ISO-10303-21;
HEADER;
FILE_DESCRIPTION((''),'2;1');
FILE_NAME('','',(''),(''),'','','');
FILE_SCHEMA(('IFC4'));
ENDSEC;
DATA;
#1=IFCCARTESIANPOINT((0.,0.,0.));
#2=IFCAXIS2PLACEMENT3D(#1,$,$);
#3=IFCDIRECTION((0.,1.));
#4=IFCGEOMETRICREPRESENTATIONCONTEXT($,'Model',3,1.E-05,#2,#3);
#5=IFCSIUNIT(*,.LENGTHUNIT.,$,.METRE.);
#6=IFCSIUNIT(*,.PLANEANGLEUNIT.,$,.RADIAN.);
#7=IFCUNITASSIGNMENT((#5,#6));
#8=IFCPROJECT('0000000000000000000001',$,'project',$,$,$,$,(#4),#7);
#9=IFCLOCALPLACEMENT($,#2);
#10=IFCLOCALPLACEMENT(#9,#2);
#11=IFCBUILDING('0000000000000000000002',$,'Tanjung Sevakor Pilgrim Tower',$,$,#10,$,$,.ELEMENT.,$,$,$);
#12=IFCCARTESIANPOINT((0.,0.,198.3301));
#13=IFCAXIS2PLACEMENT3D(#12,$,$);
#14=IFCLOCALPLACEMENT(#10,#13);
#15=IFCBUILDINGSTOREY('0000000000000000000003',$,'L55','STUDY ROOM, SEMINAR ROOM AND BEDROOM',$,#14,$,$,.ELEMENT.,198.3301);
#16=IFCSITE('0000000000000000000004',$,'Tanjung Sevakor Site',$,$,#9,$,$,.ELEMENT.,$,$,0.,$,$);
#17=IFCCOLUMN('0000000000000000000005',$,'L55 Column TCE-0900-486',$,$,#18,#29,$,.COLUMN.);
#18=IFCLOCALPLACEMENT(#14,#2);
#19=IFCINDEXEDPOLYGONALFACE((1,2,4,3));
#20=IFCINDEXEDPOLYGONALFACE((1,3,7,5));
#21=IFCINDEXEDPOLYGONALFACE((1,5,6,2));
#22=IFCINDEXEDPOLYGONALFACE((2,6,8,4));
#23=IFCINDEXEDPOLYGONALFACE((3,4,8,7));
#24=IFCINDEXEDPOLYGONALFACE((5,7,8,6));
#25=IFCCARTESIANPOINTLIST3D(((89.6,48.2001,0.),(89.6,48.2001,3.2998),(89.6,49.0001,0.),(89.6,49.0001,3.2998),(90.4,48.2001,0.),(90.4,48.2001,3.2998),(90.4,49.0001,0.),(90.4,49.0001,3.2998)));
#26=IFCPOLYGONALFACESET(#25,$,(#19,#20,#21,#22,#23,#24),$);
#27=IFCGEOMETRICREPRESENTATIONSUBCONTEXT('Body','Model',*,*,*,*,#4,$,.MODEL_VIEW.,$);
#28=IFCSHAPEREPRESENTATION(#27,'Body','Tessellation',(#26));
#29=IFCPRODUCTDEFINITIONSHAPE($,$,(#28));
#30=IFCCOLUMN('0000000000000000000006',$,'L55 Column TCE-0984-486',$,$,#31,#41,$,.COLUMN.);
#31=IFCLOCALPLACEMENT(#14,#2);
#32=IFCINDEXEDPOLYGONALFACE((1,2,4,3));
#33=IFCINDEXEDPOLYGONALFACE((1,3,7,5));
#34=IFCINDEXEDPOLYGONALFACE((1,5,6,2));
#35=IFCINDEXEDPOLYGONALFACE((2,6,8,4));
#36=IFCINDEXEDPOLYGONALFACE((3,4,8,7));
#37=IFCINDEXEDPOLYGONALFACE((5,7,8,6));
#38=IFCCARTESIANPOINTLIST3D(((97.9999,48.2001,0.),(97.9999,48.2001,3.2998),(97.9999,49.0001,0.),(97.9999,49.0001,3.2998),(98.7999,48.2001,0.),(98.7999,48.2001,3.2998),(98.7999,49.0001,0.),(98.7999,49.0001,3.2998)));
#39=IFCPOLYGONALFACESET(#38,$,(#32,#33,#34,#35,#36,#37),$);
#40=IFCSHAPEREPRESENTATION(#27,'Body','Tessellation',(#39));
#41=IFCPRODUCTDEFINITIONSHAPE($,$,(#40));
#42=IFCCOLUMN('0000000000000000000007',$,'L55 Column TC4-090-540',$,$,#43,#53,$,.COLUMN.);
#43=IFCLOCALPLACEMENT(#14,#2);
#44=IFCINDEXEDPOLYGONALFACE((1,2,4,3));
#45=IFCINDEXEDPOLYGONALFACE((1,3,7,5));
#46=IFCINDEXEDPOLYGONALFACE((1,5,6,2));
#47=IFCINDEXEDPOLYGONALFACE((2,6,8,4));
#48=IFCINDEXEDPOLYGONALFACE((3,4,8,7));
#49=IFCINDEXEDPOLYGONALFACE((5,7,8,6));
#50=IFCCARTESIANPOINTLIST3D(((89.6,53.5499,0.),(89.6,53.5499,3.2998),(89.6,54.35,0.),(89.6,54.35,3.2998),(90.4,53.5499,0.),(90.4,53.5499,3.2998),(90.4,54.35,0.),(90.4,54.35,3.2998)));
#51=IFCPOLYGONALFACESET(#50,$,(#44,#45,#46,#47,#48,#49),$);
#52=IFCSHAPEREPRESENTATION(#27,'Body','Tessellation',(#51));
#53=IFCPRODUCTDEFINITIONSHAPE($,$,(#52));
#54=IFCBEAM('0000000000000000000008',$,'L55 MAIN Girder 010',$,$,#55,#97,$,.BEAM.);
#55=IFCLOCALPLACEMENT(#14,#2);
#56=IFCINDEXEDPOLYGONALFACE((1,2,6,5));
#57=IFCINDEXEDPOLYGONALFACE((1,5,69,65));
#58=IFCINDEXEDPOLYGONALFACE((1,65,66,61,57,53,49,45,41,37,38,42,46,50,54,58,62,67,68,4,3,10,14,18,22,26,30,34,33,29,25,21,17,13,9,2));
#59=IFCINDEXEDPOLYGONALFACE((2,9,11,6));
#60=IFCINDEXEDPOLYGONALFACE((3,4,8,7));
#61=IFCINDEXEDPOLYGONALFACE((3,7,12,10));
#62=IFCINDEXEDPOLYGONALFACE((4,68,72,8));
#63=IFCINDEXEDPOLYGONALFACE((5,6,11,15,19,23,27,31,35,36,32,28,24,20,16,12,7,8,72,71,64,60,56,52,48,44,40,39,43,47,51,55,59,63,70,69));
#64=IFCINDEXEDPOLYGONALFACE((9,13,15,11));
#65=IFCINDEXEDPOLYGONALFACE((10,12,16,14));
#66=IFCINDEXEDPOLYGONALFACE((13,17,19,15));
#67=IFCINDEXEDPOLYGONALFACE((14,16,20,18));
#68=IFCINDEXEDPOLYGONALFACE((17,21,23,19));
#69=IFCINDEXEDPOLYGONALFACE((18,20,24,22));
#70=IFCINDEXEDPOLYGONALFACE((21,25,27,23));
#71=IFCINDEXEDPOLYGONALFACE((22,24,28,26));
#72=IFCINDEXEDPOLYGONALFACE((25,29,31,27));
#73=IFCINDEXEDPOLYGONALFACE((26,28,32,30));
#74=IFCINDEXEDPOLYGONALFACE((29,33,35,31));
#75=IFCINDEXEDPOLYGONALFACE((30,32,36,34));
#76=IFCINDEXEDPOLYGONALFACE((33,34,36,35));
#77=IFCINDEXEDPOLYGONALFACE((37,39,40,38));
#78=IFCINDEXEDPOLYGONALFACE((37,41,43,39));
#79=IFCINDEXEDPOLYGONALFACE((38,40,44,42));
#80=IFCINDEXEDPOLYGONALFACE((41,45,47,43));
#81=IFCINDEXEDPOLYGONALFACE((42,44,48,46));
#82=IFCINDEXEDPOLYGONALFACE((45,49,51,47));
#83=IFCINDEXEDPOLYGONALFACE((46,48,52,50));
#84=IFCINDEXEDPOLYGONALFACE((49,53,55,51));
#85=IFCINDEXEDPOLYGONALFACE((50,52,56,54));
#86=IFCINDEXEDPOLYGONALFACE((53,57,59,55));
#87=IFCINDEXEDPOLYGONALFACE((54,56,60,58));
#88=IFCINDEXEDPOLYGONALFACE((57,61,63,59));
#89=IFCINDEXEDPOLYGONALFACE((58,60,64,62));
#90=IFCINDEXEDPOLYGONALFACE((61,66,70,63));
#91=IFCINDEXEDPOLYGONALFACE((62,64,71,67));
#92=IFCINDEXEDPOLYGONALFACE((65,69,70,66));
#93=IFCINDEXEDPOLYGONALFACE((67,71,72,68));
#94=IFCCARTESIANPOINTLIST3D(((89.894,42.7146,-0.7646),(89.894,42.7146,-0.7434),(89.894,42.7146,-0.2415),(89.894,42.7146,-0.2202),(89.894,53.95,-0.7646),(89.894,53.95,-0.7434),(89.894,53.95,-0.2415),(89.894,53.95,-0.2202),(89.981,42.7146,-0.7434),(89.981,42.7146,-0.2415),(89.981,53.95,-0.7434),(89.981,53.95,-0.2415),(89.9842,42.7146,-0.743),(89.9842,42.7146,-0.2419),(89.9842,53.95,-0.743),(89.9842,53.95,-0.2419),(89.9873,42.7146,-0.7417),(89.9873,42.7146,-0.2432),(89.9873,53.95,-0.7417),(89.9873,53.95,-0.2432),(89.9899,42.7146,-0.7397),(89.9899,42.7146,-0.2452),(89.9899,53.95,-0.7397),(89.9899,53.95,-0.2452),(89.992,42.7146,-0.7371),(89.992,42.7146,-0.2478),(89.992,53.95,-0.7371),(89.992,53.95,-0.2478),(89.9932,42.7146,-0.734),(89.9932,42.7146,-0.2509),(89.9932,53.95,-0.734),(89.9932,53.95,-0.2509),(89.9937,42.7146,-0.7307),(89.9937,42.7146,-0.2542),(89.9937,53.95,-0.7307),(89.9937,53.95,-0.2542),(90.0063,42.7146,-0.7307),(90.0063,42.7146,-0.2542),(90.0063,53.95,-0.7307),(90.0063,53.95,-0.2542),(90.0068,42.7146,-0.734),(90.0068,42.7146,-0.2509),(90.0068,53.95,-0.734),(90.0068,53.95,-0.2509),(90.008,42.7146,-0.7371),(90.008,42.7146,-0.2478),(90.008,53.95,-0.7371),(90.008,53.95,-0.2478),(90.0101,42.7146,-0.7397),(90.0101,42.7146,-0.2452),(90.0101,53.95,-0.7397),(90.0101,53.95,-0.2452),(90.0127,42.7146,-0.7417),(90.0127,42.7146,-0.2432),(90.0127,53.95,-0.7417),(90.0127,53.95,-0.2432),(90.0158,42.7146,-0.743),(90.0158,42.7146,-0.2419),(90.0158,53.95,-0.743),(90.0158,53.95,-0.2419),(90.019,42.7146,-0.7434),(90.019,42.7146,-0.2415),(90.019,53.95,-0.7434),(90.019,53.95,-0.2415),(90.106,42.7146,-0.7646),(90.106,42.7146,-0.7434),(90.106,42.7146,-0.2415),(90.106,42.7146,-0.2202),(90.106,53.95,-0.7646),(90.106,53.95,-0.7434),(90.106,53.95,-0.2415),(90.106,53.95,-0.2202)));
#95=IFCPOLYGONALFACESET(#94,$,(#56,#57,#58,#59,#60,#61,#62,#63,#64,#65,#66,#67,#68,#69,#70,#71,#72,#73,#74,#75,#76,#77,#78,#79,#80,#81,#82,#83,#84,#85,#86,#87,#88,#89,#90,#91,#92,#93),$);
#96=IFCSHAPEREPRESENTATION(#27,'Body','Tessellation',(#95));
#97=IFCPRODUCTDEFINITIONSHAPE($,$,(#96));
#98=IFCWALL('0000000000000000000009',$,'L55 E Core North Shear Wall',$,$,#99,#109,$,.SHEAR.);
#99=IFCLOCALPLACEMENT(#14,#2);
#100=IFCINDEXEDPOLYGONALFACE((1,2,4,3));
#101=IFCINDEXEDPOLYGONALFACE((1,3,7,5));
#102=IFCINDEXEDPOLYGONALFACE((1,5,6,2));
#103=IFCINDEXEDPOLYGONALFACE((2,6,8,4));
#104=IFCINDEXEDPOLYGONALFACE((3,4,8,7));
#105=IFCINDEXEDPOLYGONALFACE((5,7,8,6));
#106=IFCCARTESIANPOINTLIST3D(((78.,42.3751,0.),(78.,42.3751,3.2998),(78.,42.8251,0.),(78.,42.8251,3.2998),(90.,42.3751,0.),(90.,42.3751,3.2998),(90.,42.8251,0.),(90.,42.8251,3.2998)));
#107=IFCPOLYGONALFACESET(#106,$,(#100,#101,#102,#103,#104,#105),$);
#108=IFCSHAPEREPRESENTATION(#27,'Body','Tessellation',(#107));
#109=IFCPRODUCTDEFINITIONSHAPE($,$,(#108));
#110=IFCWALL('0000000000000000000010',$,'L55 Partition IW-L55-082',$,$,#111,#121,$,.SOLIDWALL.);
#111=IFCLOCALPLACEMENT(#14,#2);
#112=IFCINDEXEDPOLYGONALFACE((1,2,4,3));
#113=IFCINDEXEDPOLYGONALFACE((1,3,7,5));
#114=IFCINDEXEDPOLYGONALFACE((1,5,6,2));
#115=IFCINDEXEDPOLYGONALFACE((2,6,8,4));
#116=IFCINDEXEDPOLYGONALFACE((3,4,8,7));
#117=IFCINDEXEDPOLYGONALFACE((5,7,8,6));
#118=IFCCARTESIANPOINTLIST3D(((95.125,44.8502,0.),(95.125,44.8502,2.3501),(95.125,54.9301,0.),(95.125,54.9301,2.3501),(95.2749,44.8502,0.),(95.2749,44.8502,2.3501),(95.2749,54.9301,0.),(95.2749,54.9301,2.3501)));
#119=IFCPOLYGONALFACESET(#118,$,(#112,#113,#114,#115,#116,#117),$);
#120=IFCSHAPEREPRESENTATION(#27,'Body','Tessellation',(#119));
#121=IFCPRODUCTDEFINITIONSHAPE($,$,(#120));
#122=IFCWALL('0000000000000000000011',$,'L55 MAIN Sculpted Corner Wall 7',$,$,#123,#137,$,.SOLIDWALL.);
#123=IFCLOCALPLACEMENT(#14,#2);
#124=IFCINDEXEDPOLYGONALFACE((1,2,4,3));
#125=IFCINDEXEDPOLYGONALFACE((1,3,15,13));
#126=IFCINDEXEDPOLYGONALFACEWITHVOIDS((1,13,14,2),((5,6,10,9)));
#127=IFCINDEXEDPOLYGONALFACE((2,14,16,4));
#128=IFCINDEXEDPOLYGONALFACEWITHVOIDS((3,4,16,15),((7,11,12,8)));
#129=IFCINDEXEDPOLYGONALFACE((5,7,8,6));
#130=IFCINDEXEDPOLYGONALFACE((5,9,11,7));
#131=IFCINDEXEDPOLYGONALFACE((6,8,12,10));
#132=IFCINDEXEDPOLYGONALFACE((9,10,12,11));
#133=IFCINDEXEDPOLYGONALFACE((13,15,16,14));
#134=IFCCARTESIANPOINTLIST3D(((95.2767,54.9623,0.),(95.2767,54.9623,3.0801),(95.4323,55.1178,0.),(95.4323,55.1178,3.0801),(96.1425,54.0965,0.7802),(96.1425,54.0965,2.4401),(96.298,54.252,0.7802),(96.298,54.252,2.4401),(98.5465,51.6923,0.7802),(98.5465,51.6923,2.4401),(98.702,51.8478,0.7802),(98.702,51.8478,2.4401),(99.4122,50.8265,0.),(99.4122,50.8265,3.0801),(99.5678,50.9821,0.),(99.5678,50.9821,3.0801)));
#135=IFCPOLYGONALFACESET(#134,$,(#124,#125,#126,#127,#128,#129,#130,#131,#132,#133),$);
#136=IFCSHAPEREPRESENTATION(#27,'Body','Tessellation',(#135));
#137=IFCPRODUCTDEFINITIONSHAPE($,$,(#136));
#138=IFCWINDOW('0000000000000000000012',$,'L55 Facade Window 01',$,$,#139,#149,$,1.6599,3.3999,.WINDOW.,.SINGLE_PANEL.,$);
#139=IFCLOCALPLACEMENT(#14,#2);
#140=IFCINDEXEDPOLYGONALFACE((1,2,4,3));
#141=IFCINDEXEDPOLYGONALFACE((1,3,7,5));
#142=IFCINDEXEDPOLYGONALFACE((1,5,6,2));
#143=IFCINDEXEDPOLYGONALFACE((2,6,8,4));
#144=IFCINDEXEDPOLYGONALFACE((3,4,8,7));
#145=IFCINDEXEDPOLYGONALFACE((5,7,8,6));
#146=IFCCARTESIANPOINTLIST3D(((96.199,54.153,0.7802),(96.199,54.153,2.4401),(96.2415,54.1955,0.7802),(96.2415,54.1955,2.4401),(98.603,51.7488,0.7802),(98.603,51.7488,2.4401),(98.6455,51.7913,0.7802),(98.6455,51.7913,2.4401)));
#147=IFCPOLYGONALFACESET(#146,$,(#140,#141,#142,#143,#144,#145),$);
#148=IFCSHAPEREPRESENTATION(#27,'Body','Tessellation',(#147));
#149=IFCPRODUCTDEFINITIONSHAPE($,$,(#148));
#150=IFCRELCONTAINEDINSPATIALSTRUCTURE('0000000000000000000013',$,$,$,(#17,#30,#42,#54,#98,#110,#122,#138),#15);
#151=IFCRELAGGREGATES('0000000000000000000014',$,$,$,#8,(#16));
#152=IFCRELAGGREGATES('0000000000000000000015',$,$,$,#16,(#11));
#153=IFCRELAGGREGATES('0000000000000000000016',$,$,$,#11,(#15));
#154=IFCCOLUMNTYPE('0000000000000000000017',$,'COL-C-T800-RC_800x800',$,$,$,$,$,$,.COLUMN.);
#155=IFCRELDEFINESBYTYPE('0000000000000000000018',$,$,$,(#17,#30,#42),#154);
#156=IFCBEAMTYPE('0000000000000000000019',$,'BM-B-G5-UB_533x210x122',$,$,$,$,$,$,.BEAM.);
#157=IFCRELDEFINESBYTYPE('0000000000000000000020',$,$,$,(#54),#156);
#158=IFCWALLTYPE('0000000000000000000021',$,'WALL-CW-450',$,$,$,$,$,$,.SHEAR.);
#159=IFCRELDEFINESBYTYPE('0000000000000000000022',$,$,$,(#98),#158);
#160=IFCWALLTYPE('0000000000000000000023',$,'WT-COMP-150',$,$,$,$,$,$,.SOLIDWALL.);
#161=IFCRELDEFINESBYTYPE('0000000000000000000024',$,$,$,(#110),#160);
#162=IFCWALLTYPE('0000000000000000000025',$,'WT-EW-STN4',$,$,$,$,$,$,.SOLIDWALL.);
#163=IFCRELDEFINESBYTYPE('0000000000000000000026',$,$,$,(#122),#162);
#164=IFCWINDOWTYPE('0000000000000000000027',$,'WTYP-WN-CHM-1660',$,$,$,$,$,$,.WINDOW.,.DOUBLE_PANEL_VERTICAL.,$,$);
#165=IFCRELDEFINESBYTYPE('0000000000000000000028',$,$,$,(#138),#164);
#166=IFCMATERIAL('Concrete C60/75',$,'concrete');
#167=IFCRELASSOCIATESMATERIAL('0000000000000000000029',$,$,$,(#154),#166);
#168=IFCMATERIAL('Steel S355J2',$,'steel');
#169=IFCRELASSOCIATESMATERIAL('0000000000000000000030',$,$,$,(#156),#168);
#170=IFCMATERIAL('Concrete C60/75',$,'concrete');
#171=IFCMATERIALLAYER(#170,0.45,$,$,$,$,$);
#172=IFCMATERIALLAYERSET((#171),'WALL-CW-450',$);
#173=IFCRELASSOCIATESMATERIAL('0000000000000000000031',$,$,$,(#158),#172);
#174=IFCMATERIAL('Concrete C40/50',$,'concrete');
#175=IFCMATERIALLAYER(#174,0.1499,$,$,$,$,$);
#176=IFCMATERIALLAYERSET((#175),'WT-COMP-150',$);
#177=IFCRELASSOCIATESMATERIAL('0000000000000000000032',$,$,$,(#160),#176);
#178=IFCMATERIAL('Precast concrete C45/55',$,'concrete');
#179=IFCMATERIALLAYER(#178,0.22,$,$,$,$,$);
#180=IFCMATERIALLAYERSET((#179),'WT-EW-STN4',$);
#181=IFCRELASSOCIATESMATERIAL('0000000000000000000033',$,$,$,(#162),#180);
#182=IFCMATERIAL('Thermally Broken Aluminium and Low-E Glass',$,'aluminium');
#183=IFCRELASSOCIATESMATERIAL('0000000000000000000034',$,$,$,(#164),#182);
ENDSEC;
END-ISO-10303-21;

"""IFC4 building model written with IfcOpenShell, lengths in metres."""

from ifc_helpers import new_model, si_unit, direction, frame, frame_2d, origin, origin_2d, place, context, subcontext, project, spatial, rectangle, i_section, extrude, material, layer, layer_set, material_profile, profile_set, type_object, element, fill, save


model = new_model("IFC4")

# Units and contexts
model_context = context("Model", 3, precision=1e-05, world=origin(), true_north=direction((0.0, 1.0)))
body_context = subcontext(model_context, "Body", "Model", "MODEL_VIEW")
ifc_project = project(units=[si_unit("LENGTHUNIT", "METRE"), si_unit("PLANEANGLEUNIT", "RADIAN")], contexts=[model_context])

# Site, building, storey
site_placement = place(None, origin())
site = spatial("IfcSite", under=ifc_project, at=site_placement, Name="Tanjung Sevakor Site", CompositionType="ELEMENT", RefElevation=0.0)
building_placement = place(site_placement, origin())
building = spatial("IfcBuilding", under=site, at=building_placement, Name="Tanjung Sevakor Pilgrim Tower", CompositionType="ELEMENT")
storey_placement = place(building_placement, frame((0.0, 0.0, 198.3301)))
storey = spatial("IfcBuildingStorey", under=building, at=storey_placement, Name="L55", Description="STUDY ROOM, SEMINAR ROOM AND BEDROOM", CompositionType="ELEMENT", Elevation=198.3301)

# Columns
ifc_material_1 = material(Name="Concrete C60/75", Category="concrete")
ifc_material_profile_1 = material_profile(ifc_material_1, rectangle(XDim=0.8, YDim=0.8, at=origin_2d()))
ifc_profile_set_1 = profile_set([ifc_material_profile_1], Name="Concrete C60/75")
column_type = type_object("IfcColumnType", Name="COL-C-T800-RC_800x800", PredefinedType="COLUMN", material=ifc_profile_set_1)
for number, where, z_axis, x_axis, name in (
    (1, (90.0, 48.6001, 0.0), (0.0, 0.0, 1.0), (1.0, 0.0, 0.0), "L55 Column TCE-0900-486"),
    (2, (98.3999, 48.6001, 0.0), (0.0, 0.0, 1.0), (1.0, 0.0, 0.0), "L55 Column TCE-0984-486"),
    (3, (90.0, 53.95, 0.0), (0.0, 0.0, 1.0), (1.0, 0.0, 0.0), "L55 Column TC4-090-540"),
):
    element("IfcColumn", number, at=place(storey_placement, frame(where, z_axis=z_axis, x_axis=x_axis)), inside=storey, type_object=column_type, Name=name, PredefinedType="COLUMN", context=body_context, shape_type="SweptSolid", body=[
        extrude(rectangle(XDim=0.8, YDim=0.8, at=origin_2d()), origin(), (0.0, 0.0, 1.0), 3.2998),
    ])

# Beam
ifc_material_2 = material(Name="Steel S355J2", Category="steel")
ifc_material_profile_2 = material_profile(ifc_material_2, i_section(OverallWidth=0.2119, OverallDepth=0.5444, WebThickness=0.0127, FlangeThickness=0.0212, FilletRadius=0.0127, at=origin_2d()))
ifc_profile_set_2 = profile_set([ifc_material_profile_2], Name="Steel S355J2")
beam_type = type_object("IfcBeamType", Name="BM-B-G5-UB_533x210x122", PredefinedType="BEAM", material=ifc_profile_set_2)
beam_placement = place(storey_placement, frame((90.0, 42.7146, -0.4924), z_axis=(0.0, 1.0, 0.0), x_axis=(-1.0, 0.0, 0.0)))
element("IfcBeam", 4, at=beam_placement, inside=storey, type_object=beam_type, Name="L55 MAIN Girder 010", PredefinedType="BEAM", context=body_context, shape_type="SweptSolid", body=[
    extrude(i_section(OverallWidth=0.2119, OverallDepth=0.5444, WebThickness=0.0127, FlangeThickness=0.0212, FilletRadius=0.0127, at=origin_2d()), origin(), (0.0, 0.0, 1.0), 11.2354),
])

# Walls
ifc_material_3 = material(Name="Concrete C60/75", Category="concrete")
ifc_layer_1 = layer(ifc_material_3, 0.45)
ifc_layer_set_1 = layer_set([ifc_layer_1], Name="WALL-CW-450")
wall_type_1 = type_object("IfcWallType", Name="WALL-CW-450", PredefinedType="SHEAR", material=ifc_layer_set_1)
wall_1_placement = place(storey_placement, frame((90.0, 42.6001, 0.0), z_axis=(0.0, 0.0, 1.0), x_axis=(-1.0, 0.0, 0.0)))
element("IfcWall", 5, at=wall_1_placement, inside=storey, type_object=wall_type_1, Name="L55 E Core North Shear Wall", PredefinedType="SHEAR", context=body_context, shape_type="SweptSolid", body=[
    extrude(rectangle(XDim=12.0, YDim=0.45, at=frame_2d((6.0, 0.0))), origin(), (0.0, 0.0, 1.0), 3.2998),
])
ifc_material_4 = material(Name="Concrete C40/50", Category="concrete")
ifc_layer_2 = layer(ifc_material_4, 0.1499)
ifc_layer_set_2 = layer_set([ifc_layer_2], Name="WT-COMP-150")
wall_type_2 = type_object("IfcWallType", Name="WT-COMP-150", PredefinedType="SOLIDWALL", material=ifc_layer_set_2)
wall_2_placement = place(storey_placement, frame((95.2, 44.8501, 0.0), z_axis=(0.0, 0.0, 1.0), x_axis=(0.0, 1.0, 0.0)))
element("IfcWall", 6, at=wall_2_placement, inside=storey, type_object=wall_type_2, Name="L55 Partition IW-L55-082", PredefinedType="SOLIDWALL", context=body_context, shape_type="SweptSolid", body=[
    extrude(rectangle(XDim=10.0798, YDim=0.1499, at=frame_2d((5.04, 0.0))), origin(), (0.0, 0.0, 1.0), 2.3501),
])

# Wall, opening, window
ifc_material_5 = material(Name="Precast concrete C45/55", Category="concrete")
ifc_layer_3 = layer(ifc_material_5, 0.22)
ifc_layer_set_3 = layer_set([ifc_layer_3], Name="WT-EW-STN4")
wall_type_3 = type_object("IfcWallType", Name="WT-EW-STN4", PredefinedType="SOLIDWALL", material=ifc_layer_set_3)
wall_3_placement = place(storey_placement, frame((99.49, 50.9043, 0.0), z_axis=(0.0, 0.0, 1.0), x_axis=(-0.707086, 0.707128, 0.0)))
wall_3 = element("IfcWall", 7, at=wall_3_placement, inside=storey, type_object=wall_type_3, Name="L55 MAIN Sculpted Corner Wall 7", PredefinedType="SOLIDWALL", context=body_context, shape_type="SweptSolid", body=[
    extrude(rectangle(XDim=5.8486, YDim=0.22, at=frame_2d((2.9243, 0.0))), origin(), (0.0, 0.0, 1.0), 3.0801),
])
opening_1_placement = place(wall_3_placement, frame((1.2244, 0.0, 0.78)))
opening_1 = element("IfcOpeningElement", 8, at=opening_1_placement, cuts=wall_3, PredefinedType="OPENING", context=body_context, shape_type="SweptSolid", body=[
    extrude(rectangle(XDim=3.3999, YDim=1.6599, at=frame_2d((1.7, 0.8301))), frame((0.0, 0.1199, 0.0), z_axis=(0.0, -1.0, 0.0), x_axis=(1.0, 0.0, 0.0)), (0.0, 0.0, 1.0), 0.24),
])
ifc_material_6 = material(Name="Thermally Broken Aluminium and Low-E Glass", Category="aluminium")
window_type_1 = type_object("IfcWindowType", Name="WTYP-WN-CHM-1660", PartitioningType="DOUBLE_PANEL_VERTICAL", PredefinedType="WINDOW", material=ifc_material_6)
window_1_placement = place(opening_1_placement, origin())
window_1 = element("IfcWindow", 9, at=window_1_placement, inside=storey, type_object=window_type_1, Name="L55 Facade Window 01", OverallHeight=1.6599, OverallWidth=3.3999, PartitioningType="SINGLE_PANEL", PredefinedType="WINDOW", context=body_context, shape_type="SweptSolid", body=[
    extrude(rectangle(XDim=3.3999, YDim=1.6599, at=frame_2d((1.7, 0.8301))), frame((0.0, 0.03, 0.0), z_axis=(0.0, -1.0, 0.0), x_axis=(1.0, 0.0, 0.0)), (0.0, 0.0, 1.0), 0.0601),
])
fill(opening_1, window_1)

save(model, "model.ifc")
